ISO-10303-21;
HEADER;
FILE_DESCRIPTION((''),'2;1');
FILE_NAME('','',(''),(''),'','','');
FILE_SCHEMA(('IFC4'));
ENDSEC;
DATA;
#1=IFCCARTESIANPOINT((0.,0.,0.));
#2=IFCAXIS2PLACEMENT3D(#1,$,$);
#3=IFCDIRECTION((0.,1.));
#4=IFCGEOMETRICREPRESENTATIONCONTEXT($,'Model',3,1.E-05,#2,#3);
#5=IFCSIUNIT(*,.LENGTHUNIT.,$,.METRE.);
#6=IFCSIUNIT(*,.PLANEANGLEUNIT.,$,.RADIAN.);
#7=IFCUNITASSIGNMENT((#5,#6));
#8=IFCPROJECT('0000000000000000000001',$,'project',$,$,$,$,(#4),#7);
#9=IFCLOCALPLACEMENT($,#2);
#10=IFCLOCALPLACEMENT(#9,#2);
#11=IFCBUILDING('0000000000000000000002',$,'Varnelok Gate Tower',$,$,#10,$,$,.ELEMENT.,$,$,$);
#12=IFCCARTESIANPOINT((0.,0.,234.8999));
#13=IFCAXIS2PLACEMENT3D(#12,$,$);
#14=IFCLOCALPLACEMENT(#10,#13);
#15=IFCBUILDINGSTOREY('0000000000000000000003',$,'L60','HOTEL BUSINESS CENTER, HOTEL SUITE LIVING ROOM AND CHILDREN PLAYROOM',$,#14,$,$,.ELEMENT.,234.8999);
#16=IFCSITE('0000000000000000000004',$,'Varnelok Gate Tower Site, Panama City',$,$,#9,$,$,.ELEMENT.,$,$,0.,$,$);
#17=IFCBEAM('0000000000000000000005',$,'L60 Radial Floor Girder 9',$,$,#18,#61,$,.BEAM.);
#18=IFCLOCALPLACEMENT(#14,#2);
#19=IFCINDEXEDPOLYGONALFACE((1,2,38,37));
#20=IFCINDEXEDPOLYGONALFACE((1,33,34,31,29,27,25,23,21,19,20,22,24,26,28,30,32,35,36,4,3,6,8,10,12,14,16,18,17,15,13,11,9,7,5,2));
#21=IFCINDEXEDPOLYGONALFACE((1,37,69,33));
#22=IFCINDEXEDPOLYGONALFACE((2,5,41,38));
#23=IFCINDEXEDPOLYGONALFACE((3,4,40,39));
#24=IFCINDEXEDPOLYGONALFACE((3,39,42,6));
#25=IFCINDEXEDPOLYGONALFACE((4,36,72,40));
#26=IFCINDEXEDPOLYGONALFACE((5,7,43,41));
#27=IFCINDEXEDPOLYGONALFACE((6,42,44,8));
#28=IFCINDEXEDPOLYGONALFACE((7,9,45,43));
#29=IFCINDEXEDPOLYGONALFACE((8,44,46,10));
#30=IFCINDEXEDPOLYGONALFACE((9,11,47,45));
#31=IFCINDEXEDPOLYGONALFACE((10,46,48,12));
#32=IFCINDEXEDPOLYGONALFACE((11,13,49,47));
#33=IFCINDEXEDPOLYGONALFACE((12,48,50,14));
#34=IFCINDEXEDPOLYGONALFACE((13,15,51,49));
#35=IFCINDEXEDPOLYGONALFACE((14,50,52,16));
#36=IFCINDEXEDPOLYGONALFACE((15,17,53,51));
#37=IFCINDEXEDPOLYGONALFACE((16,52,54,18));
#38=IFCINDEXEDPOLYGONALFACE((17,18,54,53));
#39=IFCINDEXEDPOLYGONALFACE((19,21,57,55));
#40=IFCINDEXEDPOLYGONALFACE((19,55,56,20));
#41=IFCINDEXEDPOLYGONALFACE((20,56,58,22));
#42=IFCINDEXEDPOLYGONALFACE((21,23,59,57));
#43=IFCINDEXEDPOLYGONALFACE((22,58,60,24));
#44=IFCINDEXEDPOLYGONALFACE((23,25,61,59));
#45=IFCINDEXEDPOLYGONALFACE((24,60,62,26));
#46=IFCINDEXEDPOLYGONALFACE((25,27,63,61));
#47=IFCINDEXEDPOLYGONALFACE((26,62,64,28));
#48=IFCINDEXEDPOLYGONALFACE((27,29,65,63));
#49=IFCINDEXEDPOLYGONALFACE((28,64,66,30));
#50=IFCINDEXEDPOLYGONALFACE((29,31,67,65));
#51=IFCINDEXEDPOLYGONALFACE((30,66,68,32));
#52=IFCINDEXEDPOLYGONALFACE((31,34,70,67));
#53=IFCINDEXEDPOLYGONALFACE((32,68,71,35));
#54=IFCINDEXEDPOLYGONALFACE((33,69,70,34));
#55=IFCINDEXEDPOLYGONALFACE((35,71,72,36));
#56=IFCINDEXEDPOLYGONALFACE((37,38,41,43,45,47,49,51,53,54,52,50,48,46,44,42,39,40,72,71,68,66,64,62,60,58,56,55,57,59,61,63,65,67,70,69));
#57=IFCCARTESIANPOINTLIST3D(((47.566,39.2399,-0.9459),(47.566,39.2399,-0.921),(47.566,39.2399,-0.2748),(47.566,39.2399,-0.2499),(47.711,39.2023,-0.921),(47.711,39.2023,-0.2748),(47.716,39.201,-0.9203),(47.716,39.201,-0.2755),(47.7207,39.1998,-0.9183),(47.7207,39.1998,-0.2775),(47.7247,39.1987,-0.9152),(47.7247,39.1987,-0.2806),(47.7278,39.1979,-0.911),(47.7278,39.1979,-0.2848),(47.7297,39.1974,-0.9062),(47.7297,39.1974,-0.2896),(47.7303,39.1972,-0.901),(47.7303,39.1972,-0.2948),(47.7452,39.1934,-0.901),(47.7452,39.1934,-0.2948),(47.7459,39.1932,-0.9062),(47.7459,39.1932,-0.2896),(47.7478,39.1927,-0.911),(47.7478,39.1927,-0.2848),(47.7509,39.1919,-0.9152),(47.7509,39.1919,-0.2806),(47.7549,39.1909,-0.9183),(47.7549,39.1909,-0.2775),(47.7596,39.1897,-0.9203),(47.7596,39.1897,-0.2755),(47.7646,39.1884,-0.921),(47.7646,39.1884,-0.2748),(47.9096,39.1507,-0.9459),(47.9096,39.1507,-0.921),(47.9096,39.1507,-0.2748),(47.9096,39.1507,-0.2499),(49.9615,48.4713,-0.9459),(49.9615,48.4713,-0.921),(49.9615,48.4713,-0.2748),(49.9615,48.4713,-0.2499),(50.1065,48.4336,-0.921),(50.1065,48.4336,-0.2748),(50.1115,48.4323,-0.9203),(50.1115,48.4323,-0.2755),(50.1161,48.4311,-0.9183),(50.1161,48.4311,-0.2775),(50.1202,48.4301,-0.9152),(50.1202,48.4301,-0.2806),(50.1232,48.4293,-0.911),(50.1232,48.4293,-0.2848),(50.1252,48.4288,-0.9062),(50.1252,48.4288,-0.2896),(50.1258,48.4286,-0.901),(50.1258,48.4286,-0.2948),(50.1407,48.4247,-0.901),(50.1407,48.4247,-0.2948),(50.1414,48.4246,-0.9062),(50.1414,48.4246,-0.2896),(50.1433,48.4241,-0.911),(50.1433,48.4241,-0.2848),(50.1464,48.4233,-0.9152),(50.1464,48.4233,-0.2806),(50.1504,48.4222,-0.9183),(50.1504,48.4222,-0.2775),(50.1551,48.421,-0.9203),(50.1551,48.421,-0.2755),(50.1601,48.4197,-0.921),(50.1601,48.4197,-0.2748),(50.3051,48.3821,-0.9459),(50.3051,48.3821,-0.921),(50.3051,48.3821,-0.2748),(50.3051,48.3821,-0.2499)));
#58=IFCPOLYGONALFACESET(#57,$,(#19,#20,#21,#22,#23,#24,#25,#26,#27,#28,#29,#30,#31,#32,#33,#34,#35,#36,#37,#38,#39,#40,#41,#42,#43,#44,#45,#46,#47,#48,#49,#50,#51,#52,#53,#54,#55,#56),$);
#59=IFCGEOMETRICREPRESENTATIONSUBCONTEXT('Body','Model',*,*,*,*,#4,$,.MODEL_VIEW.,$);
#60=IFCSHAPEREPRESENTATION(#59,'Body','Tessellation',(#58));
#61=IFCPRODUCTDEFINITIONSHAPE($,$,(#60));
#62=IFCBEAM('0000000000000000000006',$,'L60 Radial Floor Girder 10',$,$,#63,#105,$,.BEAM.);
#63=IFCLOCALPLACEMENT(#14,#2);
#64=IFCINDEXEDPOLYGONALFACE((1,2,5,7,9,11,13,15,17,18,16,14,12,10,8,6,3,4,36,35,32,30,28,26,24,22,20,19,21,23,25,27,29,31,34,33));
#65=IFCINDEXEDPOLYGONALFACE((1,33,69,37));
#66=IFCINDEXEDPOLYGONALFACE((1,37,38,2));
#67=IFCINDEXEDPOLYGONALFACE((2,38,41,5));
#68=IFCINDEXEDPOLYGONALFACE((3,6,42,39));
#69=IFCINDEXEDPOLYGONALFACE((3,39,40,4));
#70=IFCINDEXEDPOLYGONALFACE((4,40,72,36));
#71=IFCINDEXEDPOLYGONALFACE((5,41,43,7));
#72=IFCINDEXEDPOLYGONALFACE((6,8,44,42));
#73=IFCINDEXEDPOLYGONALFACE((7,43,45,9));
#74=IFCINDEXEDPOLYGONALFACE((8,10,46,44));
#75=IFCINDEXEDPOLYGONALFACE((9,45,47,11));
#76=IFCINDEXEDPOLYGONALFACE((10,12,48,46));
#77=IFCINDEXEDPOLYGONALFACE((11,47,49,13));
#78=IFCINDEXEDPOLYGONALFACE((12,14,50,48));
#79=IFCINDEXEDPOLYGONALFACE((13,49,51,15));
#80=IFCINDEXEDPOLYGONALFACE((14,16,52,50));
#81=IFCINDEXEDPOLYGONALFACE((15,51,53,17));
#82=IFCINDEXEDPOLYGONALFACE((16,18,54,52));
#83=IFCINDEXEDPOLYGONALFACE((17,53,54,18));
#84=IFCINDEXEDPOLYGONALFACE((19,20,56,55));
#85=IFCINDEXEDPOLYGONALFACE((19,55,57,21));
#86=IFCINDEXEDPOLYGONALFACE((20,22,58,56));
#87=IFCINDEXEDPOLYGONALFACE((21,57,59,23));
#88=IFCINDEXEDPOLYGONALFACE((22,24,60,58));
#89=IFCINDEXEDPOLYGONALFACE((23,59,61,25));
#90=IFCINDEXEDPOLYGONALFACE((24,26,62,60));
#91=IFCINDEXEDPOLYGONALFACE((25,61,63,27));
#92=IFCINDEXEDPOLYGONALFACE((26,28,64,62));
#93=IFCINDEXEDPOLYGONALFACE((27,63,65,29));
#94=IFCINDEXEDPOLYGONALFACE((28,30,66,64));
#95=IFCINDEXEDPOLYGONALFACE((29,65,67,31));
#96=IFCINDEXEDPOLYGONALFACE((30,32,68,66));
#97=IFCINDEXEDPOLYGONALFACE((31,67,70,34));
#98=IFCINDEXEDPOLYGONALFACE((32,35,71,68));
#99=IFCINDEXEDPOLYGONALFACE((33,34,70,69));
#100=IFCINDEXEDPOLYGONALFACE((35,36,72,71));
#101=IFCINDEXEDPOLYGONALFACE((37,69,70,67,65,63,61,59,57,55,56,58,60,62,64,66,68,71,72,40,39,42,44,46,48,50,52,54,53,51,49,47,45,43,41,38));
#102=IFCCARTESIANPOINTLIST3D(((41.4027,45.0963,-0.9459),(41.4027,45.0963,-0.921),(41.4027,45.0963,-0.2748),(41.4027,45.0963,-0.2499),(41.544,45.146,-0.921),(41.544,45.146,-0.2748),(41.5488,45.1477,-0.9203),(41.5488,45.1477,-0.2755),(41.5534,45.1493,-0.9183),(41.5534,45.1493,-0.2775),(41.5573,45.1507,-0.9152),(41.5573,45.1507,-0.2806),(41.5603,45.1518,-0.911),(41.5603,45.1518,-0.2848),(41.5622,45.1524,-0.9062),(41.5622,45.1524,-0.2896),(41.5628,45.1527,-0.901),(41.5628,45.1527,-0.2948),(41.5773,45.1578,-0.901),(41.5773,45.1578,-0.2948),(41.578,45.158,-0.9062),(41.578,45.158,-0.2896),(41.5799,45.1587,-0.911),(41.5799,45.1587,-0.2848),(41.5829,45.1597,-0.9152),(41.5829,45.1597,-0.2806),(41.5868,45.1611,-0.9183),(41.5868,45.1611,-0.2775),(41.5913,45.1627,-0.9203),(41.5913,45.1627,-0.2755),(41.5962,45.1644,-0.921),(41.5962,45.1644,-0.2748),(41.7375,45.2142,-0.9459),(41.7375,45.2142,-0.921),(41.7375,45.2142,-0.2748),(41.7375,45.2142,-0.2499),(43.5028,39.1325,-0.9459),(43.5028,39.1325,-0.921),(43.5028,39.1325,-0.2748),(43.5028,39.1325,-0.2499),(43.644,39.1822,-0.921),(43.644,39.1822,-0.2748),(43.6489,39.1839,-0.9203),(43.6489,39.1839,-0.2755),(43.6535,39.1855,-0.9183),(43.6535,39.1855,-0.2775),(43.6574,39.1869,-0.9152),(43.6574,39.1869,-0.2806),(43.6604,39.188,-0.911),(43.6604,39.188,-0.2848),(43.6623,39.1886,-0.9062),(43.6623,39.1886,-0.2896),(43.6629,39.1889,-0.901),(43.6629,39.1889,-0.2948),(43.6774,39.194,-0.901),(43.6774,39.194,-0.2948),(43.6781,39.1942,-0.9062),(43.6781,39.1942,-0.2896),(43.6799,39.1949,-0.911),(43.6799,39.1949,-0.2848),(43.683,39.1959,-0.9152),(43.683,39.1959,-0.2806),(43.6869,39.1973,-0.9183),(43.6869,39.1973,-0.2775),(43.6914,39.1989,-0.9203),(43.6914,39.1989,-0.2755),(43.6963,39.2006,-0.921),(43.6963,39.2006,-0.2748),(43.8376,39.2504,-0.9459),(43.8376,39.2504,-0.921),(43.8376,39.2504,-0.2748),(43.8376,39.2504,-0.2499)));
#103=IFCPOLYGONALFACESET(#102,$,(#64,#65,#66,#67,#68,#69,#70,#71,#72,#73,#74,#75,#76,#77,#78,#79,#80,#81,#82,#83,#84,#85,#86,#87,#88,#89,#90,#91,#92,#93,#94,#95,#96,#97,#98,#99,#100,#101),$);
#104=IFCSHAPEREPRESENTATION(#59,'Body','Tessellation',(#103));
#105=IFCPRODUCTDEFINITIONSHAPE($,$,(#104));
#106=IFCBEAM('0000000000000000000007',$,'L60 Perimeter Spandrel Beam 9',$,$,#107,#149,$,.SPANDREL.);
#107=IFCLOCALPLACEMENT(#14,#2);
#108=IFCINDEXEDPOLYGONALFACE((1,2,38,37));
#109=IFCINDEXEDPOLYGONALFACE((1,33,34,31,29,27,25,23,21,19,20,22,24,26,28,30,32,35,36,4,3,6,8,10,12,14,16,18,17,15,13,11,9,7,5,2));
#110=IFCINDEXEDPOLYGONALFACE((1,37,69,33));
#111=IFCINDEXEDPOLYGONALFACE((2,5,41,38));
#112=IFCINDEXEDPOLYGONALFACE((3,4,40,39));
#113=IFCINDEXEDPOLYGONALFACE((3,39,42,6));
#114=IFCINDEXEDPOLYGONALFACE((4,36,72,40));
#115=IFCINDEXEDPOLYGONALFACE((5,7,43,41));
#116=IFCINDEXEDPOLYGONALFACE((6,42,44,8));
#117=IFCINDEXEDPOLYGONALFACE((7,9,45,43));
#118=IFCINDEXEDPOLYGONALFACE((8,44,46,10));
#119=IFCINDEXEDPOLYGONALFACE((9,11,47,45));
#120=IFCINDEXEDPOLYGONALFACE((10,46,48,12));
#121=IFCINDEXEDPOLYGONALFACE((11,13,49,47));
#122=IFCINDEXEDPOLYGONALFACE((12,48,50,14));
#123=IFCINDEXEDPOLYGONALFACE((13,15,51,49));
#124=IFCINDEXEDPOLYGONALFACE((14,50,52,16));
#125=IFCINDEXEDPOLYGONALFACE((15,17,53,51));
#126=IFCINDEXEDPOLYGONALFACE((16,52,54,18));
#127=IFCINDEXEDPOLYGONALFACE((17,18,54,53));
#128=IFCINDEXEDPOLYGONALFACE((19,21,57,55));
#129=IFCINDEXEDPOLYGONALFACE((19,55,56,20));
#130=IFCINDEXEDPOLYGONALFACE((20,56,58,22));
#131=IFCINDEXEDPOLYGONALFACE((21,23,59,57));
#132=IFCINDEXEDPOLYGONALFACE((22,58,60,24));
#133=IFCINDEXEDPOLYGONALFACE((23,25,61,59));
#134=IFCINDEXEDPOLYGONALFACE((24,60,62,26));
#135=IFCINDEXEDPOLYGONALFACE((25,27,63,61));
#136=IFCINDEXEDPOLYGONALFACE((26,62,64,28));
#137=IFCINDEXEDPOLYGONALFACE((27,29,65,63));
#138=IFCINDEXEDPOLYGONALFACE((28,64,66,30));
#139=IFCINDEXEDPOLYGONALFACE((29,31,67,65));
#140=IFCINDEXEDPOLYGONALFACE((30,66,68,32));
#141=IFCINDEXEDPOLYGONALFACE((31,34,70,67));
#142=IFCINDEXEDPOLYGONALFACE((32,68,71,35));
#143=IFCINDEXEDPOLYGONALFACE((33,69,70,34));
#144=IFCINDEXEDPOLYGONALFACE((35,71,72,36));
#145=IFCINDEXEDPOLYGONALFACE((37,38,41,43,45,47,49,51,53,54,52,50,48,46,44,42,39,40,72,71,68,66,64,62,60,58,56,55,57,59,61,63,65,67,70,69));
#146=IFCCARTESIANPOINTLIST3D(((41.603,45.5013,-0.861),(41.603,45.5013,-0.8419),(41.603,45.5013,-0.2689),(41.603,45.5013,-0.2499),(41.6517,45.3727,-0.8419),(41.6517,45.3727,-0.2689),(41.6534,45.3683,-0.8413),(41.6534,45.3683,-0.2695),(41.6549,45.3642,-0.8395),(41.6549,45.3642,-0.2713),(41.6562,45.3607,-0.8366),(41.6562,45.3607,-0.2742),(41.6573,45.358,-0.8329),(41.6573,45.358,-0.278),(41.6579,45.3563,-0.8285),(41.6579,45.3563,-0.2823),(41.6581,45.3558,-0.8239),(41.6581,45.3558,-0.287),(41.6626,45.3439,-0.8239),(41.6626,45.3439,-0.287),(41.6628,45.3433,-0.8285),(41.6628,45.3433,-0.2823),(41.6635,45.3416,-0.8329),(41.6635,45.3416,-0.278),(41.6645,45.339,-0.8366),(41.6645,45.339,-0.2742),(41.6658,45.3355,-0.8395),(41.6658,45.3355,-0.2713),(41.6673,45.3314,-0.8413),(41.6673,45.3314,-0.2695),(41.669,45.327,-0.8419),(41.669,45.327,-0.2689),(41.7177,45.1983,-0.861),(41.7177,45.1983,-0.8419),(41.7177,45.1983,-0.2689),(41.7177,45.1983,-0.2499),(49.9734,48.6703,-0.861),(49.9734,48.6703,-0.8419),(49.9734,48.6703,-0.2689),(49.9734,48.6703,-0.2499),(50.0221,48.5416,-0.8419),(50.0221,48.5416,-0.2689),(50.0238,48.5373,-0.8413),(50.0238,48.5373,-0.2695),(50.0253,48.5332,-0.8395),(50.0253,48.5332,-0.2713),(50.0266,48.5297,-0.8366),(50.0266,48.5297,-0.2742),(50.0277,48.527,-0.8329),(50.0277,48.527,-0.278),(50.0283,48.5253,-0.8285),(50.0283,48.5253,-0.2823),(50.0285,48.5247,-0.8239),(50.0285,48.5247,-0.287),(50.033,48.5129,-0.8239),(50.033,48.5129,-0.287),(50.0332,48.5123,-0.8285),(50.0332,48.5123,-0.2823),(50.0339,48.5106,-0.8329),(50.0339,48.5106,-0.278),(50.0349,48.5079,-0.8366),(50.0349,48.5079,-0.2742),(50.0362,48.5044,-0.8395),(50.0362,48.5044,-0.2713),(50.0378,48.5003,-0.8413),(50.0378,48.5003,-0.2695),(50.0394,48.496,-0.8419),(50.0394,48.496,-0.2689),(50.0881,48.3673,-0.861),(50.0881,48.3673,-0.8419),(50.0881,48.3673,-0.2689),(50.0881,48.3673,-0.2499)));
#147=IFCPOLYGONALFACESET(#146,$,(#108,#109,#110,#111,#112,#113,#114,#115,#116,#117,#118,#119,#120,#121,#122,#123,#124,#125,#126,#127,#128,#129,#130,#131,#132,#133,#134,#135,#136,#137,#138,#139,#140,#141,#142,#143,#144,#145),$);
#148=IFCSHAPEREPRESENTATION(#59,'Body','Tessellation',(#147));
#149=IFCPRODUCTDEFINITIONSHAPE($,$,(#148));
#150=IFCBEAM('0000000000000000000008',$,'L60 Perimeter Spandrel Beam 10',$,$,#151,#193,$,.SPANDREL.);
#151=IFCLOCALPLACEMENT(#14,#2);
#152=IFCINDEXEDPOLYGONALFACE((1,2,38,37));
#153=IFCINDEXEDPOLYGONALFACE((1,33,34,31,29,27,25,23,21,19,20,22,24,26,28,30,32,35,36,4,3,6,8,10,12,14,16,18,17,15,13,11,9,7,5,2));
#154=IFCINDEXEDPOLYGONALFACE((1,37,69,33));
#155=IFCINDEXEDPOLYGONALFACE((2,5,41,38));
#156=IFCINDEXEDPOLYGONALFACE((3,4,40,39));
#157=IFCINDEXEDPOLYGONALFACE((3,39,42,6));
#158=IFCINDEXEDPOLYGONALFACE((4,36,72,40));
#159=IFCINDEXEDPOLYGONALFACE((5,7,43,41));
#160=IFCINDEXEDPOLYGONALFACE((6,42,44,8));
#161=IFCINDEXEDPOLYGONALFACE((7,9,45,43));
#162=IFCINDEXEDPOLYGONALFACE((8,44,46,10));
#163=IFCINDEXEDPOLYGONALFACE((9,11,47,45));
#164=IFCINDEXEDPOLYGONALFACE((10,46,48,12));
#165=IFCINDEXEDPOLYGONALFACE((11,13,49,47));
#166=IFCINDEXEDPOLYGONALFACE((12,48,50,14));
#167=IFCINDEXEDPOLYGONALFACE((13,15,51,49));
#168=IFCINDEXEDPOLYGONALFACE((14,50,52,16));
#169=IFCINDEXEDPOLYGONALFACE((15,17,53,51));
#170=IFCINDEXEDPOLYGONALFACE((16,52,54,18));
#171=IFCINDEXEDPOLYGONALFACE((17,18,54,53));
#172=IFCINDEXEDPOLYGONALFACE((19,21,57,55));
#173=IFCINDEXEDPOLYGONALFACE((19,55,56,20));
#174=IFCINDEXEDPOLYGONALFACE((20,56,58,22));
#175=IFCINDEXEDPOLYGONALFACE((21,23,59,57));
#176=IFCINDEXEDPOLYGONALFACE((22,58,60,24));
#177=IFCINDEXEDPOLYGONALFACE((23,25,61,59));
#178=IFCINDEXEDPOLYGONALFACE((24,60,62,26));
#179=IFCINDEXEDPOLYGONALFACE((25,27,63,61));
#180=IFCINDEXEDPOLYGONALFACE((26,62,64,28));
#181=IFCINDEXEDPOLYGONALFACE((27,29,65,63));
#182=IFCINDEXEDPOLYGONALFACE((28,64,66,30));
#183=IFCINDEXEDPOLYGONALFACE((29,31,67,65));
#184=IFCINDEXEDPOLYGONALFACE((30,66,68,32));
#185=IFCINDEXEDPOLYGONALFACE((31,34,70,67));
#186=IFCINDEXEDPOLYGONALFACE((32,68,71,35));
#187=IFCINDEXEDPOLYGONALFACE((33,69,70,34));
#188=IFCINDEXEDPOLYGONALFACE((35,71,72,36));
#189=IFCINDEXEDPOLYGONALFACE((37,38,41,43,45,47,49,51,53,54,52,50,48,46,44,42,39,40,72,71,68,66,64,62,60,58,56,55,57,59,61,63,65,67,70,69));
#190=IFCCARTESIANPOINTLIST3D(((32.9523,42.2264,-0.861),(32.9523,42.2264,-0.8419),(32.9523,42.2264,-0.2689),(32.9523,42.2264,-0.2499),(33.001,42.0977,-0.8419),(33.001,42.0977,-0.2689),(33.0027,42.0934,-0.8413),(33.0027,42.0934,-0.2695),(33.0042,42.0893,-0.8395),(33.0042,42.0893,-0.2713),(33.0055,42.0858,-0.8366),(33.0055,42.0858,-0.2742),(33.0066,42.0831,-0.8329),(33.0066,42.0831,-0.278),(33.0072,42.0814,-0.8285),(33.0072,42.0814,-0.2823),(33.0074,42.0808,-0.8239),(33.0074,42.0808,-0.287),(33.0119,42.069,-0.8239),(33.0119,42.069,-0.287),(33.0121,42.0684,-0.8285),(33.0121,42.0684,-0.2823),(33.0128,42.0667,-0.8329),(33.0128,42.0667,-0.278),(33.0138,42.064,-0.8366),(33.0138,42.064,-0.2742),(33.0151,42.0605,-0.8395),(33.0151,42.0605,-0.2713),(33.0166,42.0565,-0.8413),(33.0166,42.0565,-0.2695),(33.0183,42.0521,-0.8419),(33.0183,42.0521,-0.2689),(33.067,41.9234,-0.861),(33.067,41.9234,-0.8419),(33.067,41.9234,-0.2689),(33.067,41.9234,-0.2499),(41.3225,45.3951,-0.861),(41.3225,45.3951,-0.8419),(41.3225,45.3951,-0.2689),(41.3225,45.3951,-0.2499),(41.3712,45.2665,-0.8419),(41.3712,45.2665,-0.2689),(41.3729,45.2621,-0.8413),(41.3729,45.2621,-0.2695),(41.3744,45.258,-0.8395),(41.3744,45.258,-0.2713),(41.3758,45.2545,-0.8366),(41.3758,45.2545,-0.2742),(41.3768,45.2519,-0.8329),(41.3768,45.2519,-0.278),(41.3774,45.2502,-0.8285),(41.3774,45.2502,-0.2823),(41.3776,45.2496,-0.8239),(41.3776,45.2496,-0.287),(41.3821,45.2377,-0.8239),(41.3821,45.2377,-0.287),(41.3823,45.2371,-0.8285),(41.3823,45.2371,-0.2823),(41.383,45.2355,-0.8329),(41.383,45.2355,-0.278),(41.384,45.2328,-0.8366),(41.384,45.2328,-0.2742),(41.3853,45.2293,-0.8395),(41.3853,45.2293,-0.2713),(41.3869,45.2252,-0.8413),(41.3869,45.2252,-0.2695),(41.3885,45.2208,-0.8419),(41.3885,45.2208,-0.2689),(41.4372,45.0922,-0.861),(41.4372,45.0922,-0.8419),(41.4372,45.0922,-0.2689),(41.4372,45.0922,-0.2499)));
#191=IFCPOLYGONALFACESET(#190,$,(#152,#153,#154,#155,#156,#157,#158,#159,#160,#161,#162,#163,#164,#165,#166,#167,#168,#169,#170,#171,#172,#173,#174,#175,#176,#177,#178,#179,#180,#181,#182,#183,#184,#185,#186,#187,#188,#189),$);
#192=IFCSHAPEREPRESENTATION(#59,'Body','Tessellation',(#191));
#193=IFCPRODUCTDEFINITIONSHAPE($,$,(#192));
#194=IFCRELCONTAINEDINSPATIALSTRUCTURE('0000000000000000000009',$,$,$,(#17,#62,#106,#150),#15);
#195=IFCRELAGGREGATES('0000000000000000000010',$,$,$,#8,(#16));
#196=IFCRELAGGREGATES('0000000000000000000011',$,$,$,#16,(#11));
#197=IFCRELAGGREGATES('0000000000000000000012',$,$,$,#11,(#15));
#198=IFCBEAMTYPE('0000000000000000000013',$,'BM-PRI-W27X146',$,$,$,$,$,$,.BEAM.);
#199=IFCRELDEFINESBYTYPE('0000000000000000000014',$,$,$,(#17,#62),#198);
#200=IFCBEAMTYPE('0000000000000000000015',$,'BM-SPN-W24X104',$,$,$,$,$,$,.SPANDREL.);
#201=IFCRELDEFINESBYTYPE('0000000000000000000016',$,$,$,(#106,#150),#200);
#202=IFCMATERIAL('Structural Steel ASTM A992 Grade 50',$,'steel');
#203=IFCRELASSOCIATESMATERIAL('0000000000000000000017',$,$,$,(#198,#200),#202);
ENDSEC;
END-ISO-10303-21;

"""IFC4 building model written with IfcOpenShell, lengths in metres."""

from ifc_helpers import new_model, si_unit, direction, frame, origin, origin_2d, place, context, subcontext, project, spatial, i_section, extrude, material, material_profile, profile_set, type_object, element, save


model = new_model("IFC4")

# Units and contexts
model_context = context("Model", 3, precision=1e-05, world=origin(), true_north=direction((0.0, 1.0)))
body_context = subcontext(model_context, "Body", "Model", "MODEL_VIEW")
ifc_project = project(units=[si_unit("LENGTHUNIT", "METRE"), si_unit("PLANEANGLEUNIT", "RADIAN")], contexts=[model_context])

# Site, building, storey
site_placement = place(None, origin())
site = spatial("IfcSite", under=ifc_project, at=site_placement, Name="Varnelok Gate Tower Site, Panama City", CompositionType="ELEMENT", RefElevation=0.0)
building_placement = place(site_placement, origin())
building = spatial("IfcBuilding", under=site, at=building_placement, Name="Varnelok Gate Tower", CompositionType="ELEMENT")
storey_placement = place(building_placement, frame((0.0, 0.0, 234.8999)))
storey = spatial("IfcBuildingStorey", under=building, at=storey_placement, Name="L60", Description="HOTEL BUSINESS CENTER, HOTEL SUITE LIVING ROOM AND CHILDREN PLAYROOM", CompositionType="ELEMENT", Elevation=234.8999)

# Shared definitions
ifc_material_1 = material(Name="Structural Steel ASTM A992 Grade 50", Category="steel")

# Beams
ifc_material_profile_1 = material_profile(ifc_material_1, i_section(OverallWidth=0.355, OverallDepth=0.696, WebThickness=0.0154, FlangeThickness=0.0249, FilletRadius=0.02, at=origin_2d()), Name="W27X146")
ifc_profile_set_1 = profile_set([ifc_material_profile_1], Name="Structural Steel ASTM A992 Grade 50")
beam_type_1 = type_object("IfcBeamType", Name="BM-PRI-W27X146", PredefinedType="BEAM", material=ifc_profile_set_1)
beam_1_placement = place(storey_placement, frame((47.7378, 39.1953, -0.5979), z_axis=(0.251175, 0.967942, 0.0), x_axis=(-0.967942, 0.251175, 0.0)))
element("IfcBeam", 1, at=beam_1_placement, inside=storey, type_object=beam_type_1, Name="L60 Radial Floor Girder 9", PredefinedType="BEAM", context=body_context, shape_type="SweptSolid", body=[
    extrude(i_section(OverallWidth=0.355, OverallDepth=0.696, WebThickness=0.0154, FlangeThickness=0.0249, FilletRadius=0.02, at=origin_2d()), origin(), (0.0, 0.0, 1.0), 9.5371),
])
beam_2_placement = place(storey_placement, frame((43.6702, 39.1914, -0.5979), z_axis=(-0.332145, 0.943228, 0.0), x_axis=(-0.943228, -0.332145, 0.0)))
element("IfcBeam", 2, at=beam_2_placement, inside=storey, type_object=beam_type_1, Name="L60 Radial Floor Girder 10", PredefinedType="BEAM", context=body_context, shape_type="SweptSolid", body=[
    extrude(i_section(OverallWidth=0.355, OverallDepth=0.696, WebThickness=0.0154, FlangeThickness=0.0249, FilletRadius=0.02, at=origin_2d()), origin(), (0.0, 0.0, 1.0), 6.3228),
])
ifc_material_profile_2 = material_profile(ifc_material_1, i_section(OverallWidth=0.324, OverallDepth=0.6111, WebThickness=0.0127, FlangeThickness=0.019, FilletRadius=0.0181, at=origin_2d()), Name="W24X104")
ifc_profile_set_2 = profile_set([ifc_material_profile_2], Name="Structural Steel ASTM A992 Grade 50")
beam_type_2 = type_object("IfcBeamType", Name="BM-SPN-W24X104", PredefinedType="SPANDREL", material=ifc_profile_set_2)
beam_3_placement = place(storey_placement, frame((50.0308, 48.5188, -0.5554), z_axis=(-0.93522, -0.354066, 0.0), x_axis=(0.354066, -0.93522, 0.0)))
element("IfcBeam", 3, at=beam_3_placement, inside=storey, type_object=beam_type_2, Name="L60 Perimeter Spandrel Beam 9", PredefinedType="SPANDREL", context=body_context, shape_type="SweptSolid", body=[
    extrude(i_section(OverallWidth=0.324, OverallDepth=0.6111, WebThickness=0.0127, FlangeThickness=0.019, FilletRadius=0.0181, at=origin_2d()), origin(), (0.0, 0.0, 1.0), 8.9502),
])
beam_4_placement = place(storey_placement, frame((41.3799, 45.2437, -0.5554), z_axis=(-0.935226, -0.354051, 0.0), x_axis=(0.354051, -0.935226, 0.0)))
element("IfcBeam", 4, at=beam_4_placement, inside=storey, type_object=beam_type_2, Name="L60 Perimeter Spandrel Beam 10", PredefinedType="SPANDREL", context=body_context, shape_type="SweptSolid", body=[
    extrude(i_section(OverallWidth=0.324, OverallDepth=0.6111, WebThickness=0.0127, FlangeThickness=0.019, FilletRadius=0.0181, at=origin_2d()), origin(), (0.0, 0.0, 1.0), 8.95),
])

save(model, "model.ifc")
